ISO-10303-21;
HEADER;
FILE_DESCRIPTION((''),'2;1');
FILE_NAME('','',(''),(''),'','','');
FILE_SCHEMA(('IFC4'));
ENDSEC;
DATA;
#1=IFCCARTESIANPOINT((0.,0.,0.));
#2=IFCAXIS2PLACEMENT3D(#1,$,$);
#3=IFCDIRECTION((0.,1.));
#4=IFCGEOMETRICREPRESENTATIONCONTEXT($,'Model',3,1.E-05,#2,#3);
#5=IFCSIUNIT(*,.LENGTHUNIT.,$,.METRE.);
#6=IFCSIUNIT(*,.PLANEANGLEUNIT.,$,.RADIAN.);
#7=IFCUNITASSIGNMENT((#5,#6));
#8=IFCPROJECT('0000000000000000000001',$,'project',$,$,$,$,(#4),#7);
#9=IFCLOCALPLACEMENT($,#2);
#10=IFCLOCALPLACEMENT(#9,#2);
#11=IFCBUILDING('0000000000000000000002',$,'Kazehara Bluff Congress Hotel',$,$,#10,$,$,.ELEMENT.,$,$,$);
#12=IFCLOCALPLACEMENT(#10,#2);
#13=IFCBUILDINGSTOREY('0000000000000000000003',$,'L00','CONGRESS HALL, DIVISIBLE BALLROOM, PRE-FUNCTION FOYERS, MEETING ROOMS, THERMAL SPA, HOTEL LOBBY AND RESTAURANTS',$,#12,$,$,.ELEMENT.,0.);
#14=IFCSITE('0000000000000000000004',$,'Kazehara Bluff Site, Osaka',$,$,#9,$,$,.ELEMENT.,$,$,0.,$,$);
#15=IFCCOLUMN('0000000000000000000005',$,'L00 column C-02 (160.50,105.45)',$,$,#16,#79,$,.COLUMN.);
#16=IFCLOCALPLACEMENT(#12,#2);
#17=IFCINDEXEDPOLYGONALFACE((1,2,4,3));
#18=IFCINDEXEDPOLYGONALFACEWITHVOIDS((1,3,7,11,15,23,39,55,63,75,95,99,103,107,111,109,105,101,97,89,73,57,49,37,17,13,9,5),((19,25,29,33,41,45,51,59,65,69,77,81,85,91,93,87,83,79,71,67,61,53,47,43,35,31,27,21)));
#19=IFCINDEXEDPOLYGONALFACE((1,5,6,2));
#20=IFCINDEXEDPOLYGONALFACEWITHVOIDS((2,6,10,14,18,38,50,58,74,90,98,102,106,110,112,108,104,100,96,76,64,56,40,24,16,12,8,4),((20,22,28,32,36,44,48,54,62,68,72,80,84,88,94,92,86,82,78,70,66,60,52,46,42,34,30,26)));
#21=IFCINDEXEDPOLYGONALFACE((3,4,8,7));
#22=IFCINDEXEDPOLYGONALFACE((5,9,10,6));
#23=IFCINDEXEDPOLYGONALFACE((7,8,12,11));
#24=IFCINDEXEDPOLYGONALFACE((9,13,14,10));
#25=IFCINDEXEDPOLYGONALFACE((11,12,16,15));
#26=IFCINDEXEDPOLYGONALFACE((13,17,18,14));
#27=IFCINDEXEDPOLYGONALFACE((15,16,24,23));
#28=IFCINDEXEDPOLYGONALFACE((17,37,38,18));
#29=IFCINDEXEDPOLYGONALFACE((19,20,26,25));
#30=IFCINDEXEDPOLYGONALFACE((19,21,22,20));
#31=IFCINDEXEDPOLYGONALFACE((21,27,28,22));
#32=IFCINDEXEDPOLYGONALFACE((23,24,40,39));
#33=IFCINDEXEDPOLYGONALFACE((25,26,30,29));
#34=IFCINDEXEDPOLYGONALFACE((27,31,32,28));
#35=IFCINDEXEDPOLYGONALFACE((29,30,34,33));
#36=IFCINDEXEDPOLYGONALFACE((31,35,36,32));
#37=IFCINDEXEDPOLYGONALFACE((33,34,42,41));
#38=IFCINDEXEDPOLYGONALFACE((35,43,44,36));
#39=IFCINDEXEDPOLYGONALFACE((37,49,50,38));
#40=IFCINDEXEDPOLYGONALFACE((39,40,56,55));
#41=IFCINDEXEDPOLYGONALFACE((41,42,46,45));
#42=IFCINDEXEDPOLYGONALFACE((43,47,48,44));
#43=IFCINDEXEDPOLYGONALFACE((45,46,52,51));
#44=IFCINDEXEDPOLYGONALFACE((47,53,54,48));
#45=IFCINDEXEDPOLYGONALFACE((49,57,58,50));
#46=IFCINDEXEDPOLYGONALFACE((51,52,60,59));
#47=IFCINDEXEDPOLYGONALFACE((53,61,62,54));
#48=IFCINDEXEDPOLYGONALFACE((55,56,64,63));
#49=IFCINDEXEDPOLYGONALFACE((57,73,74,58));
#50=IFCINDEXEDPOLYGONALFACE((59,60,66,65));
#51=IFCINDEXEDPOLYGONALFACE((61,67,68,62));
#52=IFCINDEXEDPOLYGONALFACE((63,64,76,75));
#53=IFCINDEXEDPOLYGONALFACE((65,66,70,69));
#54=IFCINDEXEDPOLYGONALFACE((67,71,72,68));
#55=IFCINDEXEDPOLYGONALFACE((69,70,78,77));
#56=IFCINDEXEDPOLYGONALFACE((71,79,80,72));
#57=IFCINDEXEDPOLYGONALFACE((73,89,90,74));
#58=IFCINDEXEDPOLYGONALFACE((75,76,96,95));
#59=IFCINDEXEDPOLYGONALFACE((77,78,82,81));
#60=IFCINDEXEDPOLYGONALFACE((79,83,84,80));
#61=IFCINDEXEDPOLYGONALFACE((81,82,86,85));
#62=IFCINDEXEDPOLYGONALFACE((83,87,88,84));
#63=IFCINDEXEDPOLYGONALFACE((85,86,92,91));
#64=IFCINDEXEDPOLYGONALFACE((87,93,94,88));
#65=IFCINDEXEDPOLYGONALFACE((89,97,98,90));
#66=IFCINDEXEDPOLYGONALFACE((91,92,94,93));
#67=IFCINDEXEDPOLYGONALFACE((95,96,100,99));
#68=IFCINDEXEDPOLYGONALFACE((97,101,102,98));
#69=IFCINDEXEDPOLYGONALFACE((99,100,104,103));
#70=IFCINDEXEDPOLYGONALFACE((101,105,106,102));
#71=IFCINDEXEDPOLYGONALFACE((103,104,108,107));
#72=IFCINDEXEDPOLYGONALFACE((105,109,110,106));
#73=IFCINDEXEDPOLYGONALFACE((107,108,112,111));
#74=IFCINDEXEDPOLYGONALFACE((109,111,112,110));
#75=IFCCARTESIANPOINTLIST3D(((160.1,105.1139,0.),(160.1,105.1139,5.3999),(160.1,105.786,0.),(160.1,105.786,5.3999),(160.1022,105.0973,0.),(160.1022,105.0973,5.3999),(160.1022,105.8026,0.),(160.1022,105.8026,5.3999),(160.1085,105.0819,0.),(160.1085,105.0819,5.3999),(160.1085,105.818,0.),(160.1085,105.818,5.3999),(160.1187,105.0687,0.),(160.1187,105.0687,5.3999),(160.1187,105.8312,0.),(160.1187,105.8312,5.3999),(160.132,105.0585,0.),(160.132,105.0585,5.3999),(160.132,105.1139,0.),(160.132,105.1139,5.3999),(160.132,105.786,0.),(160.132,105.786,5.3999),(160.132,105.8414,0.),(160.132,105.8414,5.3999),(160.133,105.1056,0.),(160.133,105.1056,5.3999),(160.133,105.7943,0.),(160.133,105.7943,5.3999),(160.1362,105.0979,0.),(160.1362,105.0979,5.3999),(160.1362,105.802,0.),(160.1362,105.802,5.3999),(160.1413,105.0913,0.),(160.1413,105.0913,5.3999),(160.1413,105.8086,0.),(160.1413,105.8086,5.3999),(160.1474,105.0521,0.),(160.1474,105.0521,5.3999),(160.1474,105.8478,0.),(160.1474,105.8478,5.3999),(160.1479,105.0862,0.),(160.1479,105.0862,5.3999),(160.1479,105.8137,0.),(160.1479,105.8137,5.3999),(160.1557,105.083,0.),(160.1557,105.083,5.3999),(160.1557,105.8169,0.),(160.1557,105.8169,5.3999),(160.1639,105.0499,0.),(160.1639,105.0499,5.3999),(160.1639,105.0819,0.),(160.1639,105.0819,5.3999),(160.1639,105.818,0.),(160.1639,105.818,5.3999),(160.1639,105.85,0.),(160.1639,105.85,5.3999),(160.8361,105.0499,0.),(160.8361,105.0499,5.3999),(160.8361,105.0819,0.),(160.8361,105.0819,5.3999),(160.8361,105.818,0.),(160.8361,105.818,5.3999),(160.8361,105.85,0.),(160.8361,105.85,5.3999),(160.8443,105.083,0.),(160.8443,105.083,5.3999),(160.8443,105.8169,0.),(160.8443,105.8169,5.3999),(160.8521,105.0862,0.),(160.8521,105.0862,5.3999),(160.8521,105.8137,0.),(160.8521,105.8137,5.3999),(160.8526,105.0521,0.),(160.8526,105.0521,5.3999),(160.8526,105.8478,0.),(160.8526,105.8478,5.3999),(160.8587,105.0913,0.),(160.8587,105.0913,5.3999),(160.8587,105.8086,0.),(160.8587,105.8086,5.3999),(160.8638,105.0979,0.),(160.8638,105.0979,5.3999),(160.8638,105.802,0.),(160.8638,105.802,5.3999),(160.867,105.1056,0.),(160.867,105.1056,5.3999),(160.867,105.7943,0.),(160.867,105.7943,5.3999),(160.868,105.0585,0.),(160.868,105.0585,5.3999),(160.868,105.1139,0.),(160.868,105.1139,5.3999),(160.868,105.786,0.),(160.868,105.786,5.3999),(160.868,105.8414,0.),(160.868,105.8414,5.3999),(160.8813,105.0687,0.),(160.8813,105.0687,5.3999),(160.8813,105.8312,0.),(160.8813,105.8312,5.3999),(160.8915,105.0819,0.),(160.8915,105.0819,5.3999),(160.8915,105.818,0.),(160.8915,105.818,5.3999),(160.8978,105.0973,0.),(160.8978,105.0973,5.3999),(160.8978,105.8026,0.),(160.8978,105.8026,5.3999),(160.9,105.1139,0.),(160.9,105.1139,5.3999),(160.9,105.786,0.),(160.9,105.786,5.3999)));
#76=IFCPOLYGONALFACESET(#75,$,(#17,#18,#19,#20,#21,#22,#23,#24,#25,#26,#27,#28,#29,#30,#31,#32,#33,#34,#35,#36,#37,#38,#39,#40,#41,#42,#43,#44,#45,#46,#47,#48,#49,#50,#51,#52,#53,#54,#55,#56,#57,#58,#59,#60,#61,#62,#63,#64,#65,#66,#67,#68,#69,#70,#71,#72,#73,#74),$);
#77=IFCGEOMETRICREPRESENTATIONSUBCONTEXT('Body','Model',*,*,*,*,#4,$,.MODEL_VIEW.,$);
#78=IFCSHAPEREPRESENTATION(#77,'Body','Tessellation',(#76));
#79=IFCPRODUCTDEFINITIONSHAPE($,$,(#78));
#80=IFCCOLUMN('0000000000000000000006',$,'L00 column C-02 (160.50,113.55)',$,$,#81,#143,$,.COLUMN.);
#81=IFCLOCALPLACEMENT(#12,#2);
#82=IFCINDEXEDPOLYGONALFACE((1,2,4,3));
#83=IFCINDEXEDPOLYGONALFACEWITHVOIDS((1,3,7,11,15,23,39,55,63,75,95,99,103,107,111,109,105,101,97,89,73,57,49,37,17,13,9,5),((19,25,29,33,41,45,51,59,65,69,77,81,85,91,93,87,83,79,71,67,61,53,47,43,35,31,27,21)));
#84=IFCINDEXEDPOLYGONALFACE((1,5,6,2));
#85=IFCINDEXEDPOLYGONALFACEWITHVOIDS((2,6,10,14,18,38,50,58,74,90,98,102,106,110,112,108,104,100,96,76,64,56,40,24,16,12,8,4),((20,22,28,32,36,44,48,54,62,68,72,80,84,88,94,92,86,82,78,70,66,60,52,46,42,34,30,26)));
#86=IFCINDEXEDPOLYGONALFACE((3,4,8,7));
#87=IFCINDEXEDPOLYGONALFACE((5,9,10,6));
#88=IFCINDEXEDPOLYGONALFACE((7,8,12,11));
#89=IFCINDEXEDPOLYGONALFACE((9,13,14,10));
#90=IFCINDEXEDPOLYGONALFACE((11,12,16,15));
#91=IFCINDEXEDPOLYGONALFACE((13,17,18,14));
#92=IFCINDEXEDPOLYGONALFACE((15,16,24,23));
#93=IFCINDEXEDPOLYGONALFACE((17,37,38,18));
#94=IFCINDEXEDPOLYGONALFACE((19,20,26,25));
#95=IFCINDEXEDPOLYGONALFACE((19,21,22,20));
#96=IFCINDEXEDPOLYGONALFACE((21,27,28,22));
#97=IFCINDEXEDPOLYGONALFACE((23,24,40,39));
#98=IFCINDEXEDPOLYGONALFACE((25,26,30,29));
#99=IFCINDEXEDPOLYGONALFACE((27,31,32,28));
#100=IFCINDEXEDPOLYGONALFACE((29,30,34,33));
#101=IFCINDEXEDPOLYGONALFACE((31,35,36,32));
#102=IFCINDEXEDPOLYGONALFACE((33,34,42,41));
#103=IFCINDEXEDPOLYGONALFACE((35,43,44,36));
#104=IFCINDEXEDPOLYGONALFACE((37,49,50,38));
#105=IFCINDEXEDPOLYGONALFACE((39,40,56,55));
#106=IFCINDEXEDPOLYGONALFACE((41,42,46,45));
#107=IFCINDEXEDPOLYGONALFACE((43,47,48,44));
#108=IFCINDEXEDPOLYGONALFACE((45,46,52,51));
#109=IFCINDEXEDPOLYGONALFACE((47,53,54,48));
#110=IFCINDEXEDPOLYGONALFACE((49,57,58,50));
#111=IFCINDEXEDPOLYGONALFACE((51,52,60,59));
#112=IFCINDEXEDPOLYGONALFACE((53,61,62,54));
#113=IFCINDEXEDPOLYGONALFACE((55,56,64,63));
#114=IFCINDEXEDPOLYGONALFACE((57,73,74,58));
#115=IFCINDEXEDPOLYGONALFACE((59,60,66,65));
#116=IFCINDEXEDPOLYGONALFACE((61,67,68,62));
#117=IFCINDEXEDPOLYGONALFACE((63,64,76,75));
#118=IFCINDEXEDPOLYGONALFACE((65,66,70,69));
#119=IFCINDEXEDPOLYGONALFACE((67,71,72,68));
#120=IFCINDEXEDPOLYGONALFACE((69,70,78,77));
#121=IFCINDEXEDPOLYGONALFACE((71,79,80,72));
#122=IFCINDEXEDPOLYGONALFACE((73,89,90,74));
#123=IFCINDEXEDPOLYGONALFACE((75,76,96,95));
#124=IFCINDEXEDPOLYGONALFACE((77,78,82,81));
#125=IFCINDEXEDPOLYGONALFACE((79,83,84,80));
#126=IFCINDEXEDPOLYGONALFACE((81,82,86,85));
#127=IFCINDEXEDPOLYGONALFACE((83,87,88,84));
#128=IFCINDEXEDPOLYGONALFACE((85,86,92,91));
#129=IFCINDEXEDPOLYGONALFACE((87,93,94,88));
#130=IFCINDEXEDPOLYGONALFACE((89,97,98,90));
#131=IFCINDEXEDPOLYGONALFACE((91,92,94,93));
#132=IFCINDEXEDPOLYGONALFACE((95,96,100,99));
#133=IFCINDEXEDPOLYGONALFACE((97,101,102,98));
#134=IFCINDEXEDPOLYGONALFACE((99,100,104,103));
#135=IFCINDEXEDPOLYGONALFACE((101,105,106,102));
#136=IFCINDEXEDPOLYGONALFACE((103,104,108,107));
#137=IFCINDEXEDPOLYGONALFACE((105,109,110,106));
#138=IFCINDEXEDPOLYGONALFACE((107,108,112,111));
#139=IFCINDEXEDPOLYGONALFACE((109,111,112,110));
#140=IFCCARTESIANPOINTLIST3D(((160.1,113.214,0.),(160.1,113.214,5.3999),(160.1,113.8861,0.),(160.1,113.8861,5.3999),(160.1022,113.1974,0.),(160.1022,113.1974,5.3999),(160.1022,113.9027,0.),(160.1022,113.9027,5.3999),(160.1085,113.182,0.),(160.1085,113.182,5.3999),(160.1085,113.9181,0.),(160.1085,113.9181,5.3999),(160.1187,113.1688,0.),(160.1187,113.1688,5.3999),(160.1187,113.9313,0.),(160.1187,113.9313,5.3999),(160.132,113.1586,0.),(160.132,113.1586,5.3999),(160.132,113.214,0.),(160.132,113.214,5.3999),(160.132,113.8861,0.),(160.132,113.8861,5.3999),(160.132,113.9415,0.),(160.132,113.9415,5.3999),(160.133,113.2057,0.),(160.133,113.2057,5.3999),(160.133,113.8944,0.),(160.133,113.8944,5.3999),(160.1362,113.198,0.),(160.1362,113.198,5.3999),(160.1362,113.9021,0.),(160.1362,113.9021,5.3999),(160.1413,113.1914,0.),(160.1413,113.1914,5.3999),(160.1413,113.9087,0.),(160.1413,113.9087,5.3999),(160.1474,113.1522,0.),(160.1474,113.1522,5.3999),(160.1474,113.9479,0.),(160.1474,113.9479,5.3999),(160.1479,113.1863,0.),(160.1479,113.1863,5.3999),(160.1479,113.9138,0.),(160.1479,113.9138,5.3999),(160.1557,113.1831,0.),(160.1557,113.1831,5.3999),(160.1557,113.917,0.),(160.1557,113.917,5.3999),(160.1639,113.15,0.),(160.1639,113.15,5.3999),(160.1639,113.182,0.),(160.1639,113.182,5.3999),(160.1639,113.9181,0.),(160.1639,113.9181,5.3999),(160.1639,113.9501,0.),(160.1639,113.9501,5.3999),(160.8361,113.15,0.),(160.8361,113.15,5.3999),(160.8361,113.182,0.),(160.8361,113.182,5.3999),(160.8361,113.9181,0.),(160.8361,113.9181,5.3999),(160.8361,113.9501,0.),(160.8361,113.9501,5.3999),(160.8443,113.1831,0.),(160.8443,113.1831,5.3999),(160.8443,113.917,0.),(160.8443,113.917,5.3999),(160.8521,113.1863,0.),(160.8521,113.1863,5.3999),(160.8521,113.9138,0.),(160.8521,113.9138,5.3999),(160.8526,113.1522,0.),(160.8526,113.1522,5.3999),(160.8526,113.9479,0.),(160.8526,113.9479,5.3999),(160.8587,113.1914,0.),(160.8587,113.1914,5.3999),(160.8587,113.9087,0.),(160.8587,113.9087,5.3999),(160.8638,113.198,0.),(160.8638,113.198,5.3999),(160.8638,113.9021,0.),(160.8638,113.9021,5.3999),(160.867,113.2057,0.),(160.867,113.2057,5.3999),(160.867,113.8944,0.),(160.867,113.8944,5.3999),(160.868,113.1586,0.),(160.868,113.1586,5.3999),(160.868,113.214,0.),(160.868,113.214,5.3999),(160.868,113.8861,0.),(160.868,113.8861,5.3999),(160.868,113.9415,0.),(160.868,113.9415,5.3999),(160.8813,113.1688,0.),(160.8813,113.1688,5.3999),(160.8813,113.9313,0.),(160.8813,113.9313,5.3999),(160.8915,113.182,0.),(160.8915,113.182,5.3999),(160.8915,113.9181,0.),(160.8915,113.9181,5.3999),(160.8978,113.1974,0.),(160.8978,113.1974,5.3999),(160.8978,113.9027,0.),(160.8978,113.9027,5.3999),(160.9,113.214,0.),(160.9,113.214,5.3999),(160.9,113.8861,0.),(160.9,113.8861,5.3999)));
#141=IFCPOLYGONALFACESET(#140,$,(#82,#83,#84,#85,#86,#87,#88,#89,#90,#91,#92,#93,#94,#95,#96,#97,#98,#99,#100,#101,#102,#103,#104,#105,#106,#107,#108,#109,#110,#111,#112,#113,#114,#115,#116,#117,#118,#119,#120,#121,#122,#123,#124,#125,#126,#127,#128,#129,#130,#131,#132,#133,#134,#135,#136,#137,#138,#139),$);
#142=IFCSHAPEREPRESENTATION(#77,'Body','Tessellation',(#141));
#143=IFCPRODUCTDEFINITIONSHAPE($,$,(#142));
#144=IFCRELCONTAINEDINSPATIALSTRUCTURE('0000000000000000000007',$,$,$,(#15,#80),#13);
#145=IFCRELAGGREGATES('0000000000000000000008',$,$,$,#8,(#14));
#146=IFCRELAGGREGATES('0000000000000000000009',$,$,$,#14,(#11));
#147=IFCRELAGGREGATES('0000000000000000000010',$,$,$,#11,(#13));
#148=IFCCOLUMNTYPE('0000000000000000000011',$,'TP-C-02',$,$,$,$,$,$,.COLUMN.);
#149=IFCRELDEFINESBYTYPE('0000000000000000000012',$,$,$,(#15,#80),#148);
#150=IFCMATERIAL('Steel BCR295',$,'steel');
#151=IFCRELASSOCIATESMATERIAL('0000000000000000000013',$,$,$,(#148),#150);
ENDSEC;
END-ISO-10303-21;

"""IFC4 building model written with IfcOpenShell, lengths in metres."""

from ifc_helpers import new_model, si_unit, direction, frame, origin, origin_2d, place, context, subcontext, project, spatial, hollow_rectangle, extrude, material, material_profile, profile_set, type_object, element, save


model = new_model("IFC4")

# Units and contexts
model_context = context("Model", 3, precision=1e-05, world=origin(), true_north=direction((0.0, 1.0)))
body_context = subcontext(model_context, "Body", "Model", "MODEL_VIEW")
ifc_project = project(units=[si_unit("LENGTHUNIT", "METRE"), si_unit("PLANEANGLEUNIT", "RADIAN")], contexts=[model_context])

# Site, building, storey
site_placement = place(None, origin())
site = spatial("IfcSite", under=ifc_project, at=site_placement, Name="Kazehara Bluff Site, Osaka", CompositionType="ELEMENT", RefElevation=0.0)
building_placement = place(site_placement, origin())
building = spatial("IfcBuilding", under=site, at=building_placement, Name="Kazehara Bluff Congress Hotel", CompositionType="ELEMENT")
storey_placement = place(building_placement, origin())
storey = spatial("IfcBuildingStorey", under=building, at=storey_placement, Name="L00", Description="CONGRESS HALL, DIVISIBLE BALLROOM, PRE-FUNCTION FOYERS, MEETING ROOMS, THERMAL SPA, HOTEL LOBBY AND RESTAURANTS", CompositionType="ELEMENT", Elevation=0.0)

# Columns
ifc_material_1 = material(Name="Steel BCR295", Category="steel")
ifc_material_profile_1 = material_profile(ifc_material_1, hollow_rectangle(XDim=0.8, YDim=0.8, WallThickness=0.032, InnerFilletRadius=0.032, OuterFilletRadius=0.064, at=origin_2d()))
ifc_profile_set_1 = profile_set([ifc_material_profile_1], Name="Steel BCR295")
column_type_1 = type_object("IfcColumnType", Name="TP-C-02", PredefinedType="COLUMN", material=ifc_profile_set_1)
for number, where, z_axis, x_axis, name in (
    (1, (160.5, 105.45, 0.0), (0.0, 0.0, 1.0), (1.0, 0.0, 0.0), "L00 column C-02 (160.50,105.45)"),
    (2, (160.5, 113.55, 0.0), (0.0, 0.0, 1.0), (1.0, 0.0, 0.0), "L00 column C-02 (160.50,113.55)"),
):
    element("IfcColumn", number, at=place(storey_placement, frame(where, z_axis=z_axis, x_axis=x_axis)), inside=storey, type_object=column_type_1, Name=name, PredefinedType="COLUMN", context=body_context, shape_type="SweptSolid", body=[
        extrude(hollow_rectangle(XDim=0.8, YDim=0.8, WallThickness=0.032, InnerFilletRadius=0.032, OuterFilletRadius=0.064, at=origin_2d()), origin(), (0.0, 0.0, 1.0), 5.3999),
    ])

save(model, "model.ifc")
